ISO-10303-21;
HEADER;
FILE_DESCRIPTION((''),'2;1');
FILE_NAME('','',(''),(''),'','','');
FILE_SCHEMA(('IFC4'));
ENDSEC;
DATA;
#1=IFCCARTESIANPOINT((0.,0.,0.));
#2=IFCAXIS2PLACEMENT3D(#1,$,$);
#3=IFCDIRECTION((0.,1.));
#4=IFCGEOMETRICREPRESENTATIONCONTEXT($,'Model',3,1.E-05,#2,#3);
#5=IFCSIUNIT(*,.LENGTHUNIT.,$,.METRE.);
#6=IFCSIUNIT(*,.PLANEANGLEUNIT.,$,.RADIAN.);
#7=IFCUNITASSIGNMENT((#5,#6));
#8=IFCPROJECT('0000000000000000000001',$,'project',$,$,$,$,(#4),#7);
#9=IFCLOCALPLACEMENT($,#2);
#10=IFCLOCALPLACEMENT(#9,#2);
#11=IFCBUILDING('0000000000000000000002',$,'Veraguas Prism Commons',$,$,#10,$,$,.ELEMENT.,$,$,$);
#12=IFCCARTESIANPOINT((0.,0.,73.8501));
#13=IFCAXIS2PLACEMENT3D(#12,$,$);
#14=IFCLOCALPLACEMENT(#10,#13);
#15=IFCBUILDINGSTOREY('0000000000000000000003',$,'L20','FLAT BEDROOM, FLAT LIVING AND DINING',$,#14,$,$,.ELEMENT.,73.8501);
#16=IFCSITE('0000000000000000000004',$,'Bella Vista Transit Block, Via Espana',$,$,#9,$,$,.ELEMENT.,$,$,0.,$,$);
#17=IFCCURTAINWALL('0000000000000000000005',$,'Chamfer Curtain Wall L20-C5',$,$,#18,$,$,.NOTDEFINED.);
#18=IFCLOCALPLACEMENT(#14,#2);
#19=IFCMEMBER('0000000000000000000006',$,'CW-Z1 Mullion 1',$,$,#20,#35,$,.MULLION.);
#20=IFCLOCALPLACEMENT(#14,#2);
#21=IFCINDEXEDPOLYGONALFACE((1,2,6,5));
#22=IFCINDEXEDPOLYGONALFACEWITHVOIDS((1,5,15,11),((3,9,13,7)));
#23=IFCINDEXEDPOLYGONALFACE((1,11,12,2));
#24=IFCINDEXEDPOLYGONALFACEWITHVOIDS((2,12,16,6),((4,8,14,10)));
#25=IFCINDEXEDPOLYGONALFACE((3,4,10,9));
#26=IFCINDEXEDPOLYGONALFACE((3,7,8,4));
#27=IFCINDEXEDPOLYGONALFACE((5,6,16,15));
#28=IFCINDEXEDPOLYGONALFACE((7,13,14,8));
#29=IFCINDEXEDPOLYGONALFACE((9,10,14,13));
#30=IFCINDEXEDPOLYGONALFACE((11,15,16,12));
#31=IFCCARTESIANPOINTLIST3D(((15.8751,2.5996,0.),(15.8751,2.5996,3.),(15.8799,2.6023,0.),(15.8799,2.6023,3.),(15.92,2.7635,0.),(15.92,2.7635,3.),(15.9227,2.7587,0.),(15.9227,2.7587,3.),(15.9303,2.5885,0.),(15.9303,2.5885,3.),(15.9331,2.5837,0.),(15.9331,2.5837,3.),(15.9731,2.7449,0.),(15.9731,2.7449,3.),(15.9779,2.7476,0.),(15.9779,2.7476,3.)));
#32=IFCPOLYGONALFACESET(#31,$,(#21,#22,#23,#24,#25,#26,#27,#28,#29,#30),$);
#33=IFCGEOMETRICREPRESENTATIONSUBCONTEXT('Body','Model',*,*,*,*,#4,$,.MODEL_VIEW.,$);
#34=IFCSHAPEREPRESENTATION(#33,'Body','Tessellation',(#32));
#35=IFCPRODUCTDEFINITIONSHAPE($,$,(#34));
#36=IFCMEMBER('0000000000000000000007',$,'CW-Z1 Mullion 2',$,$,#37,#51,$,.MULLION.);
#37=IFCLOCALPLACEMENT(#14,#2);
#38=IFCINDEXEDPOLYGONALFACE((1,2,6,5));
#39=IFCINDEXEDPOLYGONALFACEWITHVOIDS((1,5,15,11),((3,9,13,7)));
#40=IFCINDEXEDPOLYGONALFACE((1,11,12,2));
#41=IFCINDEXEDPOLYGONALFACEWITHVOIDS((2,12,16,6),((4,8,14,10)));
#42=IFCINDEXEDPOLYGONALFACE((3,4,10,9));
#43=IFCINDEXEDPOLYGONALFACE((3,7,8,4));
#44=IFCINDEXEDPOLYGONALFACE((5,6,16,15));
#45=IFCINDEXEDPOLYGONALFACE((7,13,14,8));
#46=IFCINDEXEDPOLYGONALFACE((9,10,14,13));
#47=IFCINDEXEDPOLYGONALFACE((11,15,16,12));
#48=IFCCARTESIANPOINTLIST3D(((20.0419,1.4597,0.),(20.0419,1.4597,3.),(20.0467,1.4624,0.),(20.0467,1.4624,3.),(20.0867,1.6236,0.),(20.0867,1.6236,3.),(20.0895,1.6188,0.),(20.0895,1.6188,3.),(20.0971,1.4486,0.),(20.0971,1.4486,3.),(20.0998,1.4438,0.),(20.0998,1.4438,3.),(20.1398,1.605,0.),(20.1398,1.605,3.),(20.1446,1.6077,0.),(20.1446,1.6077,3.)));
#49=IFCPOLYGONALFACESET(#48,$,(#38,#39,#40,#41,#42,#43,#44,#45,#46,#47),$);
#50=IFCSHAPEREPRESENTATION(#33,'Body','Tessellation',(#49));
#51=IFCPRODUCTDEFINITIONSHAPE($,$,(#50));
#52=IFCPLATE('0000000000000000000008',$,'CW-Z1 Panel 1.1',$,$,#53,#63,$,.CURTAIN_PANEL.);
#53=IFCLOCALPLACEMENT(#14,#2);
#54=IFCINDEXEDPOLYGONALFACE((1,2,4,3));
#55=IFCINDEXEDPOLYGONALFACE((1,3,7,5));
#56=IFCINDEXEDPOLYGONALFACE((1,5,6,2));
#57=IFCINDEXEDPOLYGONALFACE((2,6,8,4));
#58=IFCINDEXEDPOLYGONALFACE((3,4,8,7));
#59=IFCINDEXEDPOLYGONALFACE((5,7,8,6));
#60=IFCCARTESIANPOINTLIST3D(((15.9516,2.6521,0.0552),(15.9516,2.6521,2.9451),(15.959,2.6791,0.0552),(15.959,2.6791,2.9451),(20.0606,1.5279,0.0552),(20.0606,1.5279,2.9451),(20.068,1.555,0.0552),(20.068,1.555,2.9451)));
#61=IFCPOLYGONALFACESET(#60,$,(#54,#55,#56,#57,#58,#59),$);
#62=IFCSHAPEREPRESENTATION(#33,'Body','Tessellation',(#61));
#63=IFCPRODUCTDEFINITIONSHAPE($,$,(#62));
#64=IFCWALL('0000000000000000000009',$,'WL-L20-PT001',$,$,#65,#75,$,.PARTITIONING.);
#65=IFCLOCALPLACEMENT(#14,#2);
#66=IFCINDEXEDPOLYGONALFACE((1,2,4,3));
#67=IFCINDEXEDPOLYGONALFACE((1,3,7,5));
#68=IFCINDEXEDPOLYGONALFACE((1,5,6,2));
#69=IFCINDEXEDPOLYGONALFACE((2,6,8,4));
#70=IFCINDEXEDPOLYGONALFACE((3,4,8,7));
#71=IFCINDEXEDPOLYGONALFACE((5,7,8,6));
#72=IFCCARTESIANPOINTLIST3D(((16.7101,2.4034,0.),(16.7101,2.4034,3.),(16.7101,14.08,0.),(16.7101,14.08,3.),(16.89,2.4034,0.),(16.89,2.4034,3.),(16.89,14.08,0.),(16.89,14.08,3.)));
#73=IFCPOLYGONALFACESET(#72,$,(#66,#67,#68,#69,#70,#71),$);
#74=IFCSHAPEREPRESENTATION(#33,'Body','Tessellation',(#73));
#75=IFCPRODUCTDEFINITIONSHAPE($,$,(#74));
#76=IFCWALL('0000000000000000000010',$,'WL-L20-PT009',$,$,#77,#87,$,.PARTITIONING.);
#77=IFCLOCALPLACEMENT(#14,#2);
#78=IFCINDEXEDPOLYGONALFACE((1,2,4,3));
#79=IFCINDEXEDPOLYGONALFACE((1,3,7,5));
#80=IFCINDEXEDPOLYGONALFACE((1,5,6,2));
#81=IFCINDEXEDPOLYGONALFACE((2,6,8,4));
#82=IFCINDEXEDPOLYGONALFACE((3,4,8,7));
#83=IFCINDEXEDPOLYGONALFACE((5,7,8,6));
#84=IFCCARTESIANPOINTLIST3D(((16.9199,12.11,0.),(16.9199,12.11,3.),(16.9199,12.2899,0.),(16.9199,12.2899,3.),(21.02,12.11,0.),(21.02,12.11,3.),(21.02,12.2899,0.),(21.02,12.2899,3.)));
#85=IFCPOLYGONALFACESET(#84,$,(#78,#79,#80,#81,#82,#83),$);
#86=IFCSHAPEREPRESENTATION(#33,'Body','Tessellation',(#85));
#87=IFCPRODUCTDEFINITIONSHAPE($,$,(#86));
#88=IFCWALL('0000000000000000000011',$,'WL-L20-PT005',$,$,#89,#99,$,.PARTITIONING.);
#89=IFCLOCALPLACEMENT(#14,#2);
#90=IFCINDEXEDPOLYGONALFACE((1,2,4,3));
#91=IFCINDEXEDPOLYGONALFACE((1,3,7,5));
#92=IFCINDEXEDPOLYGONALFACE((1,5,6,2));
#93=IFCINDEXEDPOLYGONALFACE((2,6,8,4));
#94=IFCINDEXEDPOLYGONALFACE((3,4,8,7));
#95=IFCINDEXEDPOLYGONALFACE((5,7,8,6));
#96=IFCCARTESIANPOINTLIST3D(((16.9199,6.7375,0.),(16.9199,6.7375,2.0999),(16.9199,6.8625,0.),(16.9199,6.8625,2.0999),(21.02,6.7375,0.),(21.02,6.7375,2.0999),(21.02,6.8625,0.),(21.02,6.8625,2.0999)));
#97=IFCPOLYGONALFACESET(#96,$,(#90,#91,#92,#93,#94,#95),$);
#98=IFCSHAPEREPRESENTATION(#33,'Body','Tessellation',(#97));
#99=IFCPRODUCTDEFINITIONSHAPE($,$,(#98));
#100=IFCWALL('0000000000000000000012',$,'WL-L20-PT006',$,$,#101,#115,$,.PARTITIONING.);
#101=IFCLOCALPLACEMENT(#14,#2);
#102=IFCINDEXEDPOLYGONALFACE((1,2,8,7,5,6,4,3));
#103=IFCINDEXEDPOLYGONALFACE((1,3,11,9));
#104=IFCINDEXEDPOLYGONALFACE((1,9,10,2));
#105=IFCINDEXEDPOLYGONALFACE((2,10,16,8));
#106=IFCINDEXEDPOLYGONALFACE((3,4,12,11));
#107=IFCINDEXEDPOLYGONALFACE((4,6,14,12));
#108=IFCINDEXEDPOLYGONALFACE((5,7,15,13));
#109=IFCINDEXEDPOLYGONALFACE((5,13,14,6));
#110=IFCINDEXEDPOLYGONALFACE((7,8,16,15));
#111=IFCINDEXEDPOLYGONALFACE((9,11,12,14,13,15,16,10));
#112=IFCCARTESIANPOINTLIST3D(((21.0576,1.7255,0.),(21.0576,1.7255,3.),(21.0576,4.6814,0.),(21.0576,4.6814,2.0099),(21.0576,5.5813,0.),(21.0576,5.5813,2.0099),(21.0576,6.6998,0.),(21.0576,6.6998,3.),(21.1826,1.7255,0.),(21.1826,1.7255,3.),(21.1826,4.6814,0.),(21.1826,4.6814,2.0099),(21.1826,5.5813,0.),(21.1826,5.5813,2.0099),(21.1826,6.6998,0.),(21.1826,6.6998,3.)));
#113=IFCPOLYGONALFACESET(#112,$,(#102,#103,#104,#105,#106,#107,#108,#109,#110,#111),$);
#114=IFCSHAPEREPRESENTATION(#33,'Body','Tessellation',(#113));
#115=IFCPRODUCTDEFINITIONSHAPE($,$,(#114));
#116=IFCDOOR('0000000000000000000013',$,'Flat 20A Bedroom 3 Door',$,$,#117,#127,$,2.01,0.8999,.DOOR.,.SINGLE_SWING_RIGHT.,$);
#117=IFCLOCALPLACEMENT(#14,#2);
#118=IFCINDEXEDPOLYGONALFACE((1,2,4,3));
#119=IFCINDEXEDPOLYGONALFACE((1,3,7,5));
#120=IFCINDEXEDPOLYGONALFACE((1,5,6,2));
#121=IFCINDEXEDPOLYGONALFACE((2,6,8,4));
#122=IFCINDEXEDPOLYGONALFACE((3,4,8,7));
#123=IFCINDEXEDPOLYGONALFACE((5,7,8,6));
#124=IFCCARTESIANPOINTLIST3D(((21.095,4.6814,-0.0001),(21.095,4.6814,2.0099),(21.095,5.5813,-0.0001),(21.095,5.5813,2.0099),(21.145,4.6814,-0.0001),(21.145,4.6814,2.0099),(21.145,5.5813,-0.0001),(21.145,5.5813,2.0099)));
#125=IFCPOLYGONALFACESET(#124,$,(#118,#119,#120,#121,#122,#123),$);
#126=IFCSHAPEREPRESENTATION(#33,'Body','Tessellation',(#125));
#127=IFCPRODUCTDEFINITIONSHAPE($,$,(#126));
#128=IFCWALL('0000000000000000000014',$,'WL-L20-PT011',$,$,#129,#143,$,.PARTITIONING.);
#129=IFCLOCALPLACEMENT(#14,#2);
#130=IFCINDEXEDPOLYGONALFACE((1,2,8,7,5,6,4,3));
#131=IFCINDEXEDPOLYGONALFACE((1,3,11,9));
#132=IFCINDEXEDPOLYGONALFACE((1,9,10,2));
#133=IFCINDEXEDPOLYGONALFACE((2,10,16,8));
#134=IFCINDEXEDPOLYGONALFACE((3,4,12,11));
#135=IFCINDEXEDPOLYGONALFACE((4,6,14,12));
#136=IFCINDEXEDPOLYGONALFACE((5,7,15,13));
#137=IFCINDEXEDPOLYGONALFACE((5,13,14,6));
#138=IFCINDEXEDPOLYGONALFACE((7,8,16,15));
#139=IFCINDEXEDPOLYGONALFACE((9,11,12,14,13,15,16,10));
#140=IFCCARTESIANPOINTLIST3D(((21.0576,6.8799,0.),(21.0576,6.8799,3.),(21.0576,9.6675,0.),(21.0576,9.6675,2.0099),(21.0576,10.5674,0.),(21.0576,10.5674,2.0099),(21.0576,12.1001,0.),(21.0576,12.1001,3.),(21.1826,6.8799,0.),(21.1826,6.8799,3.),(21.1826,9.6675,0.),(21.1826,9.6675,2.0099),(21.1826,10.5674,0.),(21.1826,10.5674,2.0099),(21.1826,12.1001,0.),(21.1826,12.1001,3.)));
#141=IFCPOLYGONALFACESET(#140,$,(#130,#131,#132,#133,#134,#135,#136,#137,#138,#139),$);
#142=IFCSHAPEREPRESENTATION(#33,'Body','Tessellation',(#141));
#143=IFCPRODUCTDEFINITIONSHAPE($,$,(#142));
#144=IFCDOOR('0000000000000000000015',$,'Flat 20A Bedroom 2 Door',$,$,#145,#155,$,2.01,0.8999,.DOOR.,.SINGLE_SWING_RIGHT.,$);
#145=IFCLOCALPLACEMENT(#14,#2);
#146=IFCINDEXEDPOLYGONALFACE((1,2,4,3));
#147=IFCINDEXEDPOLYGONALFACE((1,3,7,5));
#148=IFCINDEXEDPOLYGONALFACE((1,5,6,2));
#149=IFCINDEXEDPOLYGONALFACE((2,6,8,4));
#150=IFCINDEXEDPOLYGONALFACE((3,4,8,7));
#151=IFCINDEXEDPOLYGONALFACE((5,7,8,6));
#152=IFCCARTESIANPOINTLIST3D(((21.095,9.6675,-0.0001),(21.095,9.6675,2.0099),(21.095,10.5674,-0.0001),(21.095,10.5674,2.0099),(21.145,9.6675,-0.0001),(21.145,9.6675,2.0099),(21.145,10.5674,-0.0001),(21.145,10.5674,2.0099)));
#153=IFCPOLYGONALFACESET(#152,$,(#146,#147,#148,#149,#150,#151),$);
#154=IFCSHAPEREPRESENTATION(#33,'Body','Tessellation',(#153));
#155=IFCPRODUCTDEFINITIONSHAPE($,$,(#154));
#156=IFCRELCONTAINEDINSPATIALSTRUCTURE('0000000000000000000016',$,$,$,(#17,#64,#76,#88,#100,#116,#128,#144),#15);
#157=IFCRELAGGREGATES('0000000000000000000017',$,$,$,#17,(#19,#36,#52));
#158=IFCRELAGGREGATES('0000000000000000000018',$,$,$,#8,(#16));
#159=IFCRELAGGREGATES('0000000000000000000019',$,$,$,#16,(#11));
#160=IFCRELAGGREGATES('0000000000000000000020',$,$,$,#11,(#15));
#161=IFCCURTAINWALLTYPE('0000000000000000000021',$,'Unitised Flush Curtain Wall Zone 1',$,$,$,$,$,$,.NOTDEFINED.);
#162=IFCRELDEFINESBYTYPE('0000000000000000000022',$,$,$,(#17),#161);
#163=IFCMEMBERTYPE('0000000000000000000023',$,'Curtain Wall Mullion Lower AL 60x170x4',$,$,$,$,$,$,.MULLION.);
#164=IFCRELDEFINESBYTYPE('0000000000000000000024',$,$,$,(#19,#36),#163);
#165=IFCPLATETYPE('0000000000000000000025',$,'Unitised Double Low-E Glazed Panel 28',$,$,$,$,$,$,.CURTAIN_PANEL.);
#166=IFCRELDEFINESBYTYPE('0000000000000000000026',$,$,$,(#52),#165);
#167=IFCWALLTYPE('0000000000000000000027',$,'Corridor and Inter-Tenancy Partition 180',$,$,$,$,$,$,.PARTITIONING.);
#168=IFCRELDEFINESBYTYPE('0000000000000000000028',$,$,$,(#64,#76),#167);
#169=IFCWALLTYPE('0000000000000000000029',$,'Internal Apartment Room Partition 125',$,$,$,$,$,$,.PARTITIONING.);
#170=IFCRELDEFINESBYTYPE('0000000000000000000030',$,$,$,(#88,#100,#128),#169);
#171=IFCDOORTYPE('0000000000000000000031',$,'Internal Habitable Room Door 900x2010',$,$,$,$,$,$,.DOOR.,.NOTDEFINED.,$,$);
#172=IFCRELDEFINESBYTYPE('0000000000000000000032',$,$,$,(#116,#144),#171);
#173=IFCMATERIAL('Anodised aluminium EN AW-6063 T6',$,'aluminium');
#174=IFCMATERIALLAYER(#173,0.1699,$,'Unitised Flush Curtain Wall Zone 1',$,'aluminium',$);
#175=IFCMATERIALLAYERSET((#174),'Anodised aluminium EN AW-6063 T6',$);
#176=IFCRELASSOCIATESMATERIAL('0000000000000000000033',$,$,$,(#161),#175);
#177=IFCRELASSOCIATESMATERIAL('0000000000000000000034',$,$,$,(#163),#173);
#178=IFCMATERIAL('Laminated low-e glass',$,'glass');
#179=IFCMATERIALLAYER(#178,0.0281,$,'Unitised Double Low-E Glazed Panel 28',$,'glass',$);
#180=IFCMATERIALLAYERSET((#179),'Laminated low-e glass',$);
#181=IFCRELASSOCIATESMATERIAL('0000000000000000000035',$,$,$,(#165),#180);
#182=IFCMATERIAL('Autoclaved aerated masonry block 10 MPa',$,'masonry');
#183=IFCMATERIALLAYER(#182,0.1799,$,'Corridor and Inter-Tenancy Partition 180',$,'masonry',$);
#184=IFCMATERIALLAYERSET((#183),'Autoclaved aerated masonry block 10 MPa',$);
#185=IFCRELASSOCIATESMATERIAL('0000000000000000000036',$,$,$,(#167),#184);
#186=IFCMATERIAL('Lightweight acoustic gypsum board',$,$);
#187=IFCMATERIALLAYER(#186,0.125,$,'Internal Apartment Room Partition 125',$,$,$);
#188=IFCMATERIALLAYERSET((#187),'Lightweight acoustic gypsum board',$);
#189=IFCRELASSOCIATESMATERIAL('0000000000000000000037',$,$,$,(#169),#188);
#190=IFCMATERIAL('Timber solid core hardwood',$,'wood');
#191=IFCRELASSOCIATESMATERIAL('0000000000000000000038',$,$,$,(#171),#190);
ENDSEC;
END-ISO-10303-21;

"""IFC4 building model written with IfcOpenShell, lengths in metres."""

from ifc_helpers import new_model, si_unit, direction, frame, frame_2d, origin, origin_2d, place, context, subcontext, project, spatial, rectangle, hollow_rectangle, extrude, source, transform, mapped, material, layer, layer_set, material_profile, profile_set, type_object, element, fill, aggregate, save


model = new_model("IFC4")

# Units and contexts
model_context = context("Model", 3, precision=1e-05, world=origin(), true_north=direction((0.0, 1.0)))
body_context = subcontext(model_context, "Body", "Model", "MODEL_VIEW")
ifc_project = project(units=[si_unit("LENGTHUNIT", "METRE"), si_unit("PLANEANGLEUNIT", "RADIAN")], contexts=[model_context])

# Site, building, storey
site_placement = place(None, origin())
site = spatial("IfcSite", under=ifc_project, at=site_placement, Name="Bella Vista Transit Block, Via Espana", CompositionType="ELEMENT", RefElevation=0.0)
building_placement = place(site_placement, origin())
building = spatial("IfcBuilding", under=site, at=building_placement, Name="Veraguas Prism Commons", CompositionType="ELEMENT")
storey_placement = place(building_placement, frame((0.0, 0.0, 73.8501)))
storey = spatial("IfcBuildingStorey", under=building, at=storey_placement, Name="L20", Description="FLAT BEDROOM, FLAT LIVING AND DINING", CompositionType="ELEMENT", Elevation=73.8501)

# Curtain wall
ifc_material_1 = material(Name="Anodised aluminium EN AW-6063 T6", Category="aluminium")
ifc_layer_1 = layer(ifc_material_1, 0.1699, Name="Unitised Flush Curtain Wall Zone 1", Category="aluminium")
ifc_layer_set_1 = layer_set([ifc_layer_1], Name="Anodised aluminium EN AW-6063 T6")
curtain_wall_type = type_object("IfcCurtainWallType", Name="Unitised Flush Curtain Wall Zone 1", PredefinedType="NOTDEFINED", material=ifc_layer_set_1)
curtain_wall_1_placement = place(storey_placement, origin())
curtain_wall_1 = element("IfcCurtainWall", 1, at=curtain_wall_1_placement, inside=storey, type_object=curtain_wall_type, Name="Chamfer Curtain Wall L20-C5", PredefinedType="NOTDEFINED")

# Shared definitions
ifc_material_profile_1 = material_profile(ifc_material_1, hollow_rectangle(XDim=0.0601, YDim=0.1699, WallThickness=0.0039, at=origin_2d()), Name="AL60X170X4")
ifc_profile_set_1 = profile_set([ifc_material_profile_1], Name="Anodised aluminium EN AW-6063 T6")
member_type_1 = type_object("IfcMemberType", Name="Curtain Wall Mullion Lower AL 60x170x4", PredefinedType="MULLION", material=ifc_profile_set_1)
shared_shape_1 = source(origin(), body_context, "Body", "SweptSolid", [
    extrude(hollow_rectangle(XDim=0.0601, YDim=0.1699, WallThickness=0.0039, at=origin_2d()), origin(), (0.0, 0.0, 1.0), 3.0),
])

# Members
member_1_placement = place(storey_placement, frame((15.9265, 2.6736, 0.0), z_axis=(0.0, 0.0, 1.0), x_axis=(0.964554, -0.263885, 0.0)))
member_1 = element("IfcMember", 2, at=member_1_placement, type_object=member_type_1, Name="CW-Z1 Mullion 1", PredefinedType="MULLION", context=body_context, shape_type="MappedRepresentation", body=[
    mapped(shared_shape_1, transform((0.0, 0.0, 0.0), scale=1.0)),
])
member_2_placement = place(storey_placement, frame((20.0933, 1.5337, 0.0), z_axis=(0.0, 0.0, 1.0), x_axis=(0.964554, -0.263885, 0.0)))
member_2 = element("IfcMember", 3, at=member_2_placement, type_object=member_type_1, Name="CW-Z1 Mullion 2", PredefinedType="MULLION", context=body_context, shape_type="MappedRepresentation", body=[
    mapped(shared_shape_1, transform((0.0, 0.0, 0.0), scale=1.0)),
])

# Plate
ifc_material_2 = material(Name="Laminated low-e glass", Category="glass")
ifc_layer_2 = layer(ifc_material_2, 0.0281, Name="Unitised Double Low-E Glazed Panel 28", Category="glass")
ifc_layer_set_2 = layer_set([ifc_layer_2], Name="Laminated low-e glass")
plate_type = type_object("IfcPlateType", Name="Unitised Double Low-E Glazed Panel 28", PredefinedType="CURTAIN_PANEL", material=ifc_layer_set_2)
shared_shape_2 = source(origin(), body_context, "Body", "SweptSolid", [
    extrude(rectangle(XDim=4.26, YDim=0.0281, at=origin_2d()), origin(), (0.0, 0.0, 1.0), 2.8899),
])
plate_placement = place(storey_placement, frame((18.0098, 2.1035, 0.0552), z_axis=(0.0, 0.0, 1.0), x_axis=(0.964554, -0.263885, 0.0)))
plate = element("IfcPlate", 4, at=plate_placement, type_object=plate_type, Name="CW-Z1 Panel 1.1", PredefinedType="CURTAIN_PANEL", context=body_context, shape_type="MappedRepresentation", body=[
    mapped(shared_shape_2, transform((0.0, 0.0, 0.0), scale=1.0)),
])
aggregate(curtain_wall_1, [member_1, member_2, plate])

# Walls
ifc_material_3 = material(Name="Autoclaved aerated masonry block 10 MPa", Category="masonry")
ifc_layer_3 = layer(ifc_material_3, 0.1799, Name="Corridor and Inter-Tenancy Partition 180", Category="masonry")
ifc_layer_set_3 = layer_set([ifc_layer_3], Name="Autoclaved aerated masonry block 10 MPa")
wall_type_1 = type_object("IfcWallType", Name="Corridor and Inter-Tenancy Partition 180", PredefinedType="PARTITIONING", material=ifc_layer_set_3)
wall_1_placement = place(storey_placement, frame((16.8, 14.0801, 0.0), z_axis=(0.0, 0.0, 1.0), x_axis=(0.0, -1.0, 0.0)))
element("IfcWall", 5, at=wall_1_placement, inside=storey, type_object=wall_type_1, Name="WL-L20-PT001", PredefinedType="PARTITIONING", context=body_context, shape_type="SweptSolid", body=[
    extrude(rectangle(XDim=11.6765, YDim=0.1799, at=frame_2d((5.8384, 0.0))), origin(), (0.0, 0.0, 1.0), 3.0),
])
wall_2_placement = place(storey_placement, frame((16.9199, 12.2, 0.0), z_axis=(0.0, 0.0, 1.0), x_axis=(1.0, 0.0, 0.0)))
element("IfcWall", 6, at=wall_2_placement, inside=storey, type_object=wall_type_1, Name="WL-L20-PT009", PredefinedType="PARTITIONING", context=body_context, shape_type="SweptSolid", body=[
    extrude(rectangle(XDim=4.1001, YDim=0.1799, at=frame_2d((2.05, 0.0))), origin(), (0.0, 0.0, 1.0), 3.0),
])
ifc_material_4 = material(Name="Lightweight acoustic gypsum board")
ifc_layer_4 = layer(ifc_material_4, 0.125, Name="Internal Apartment Room Partition 125")
ifc_layer_set_4 = layer_set([ifc_layer_4], Name="Lightweight acoustic gypsum board")
wall_type_2 = type_object("IfcWallType", Name="Internal Apartment Room Partition 125", PredefinedType="PARTITIONING", material=ifc_layer_set_4)
wall_3_placement = place(storey_placement, frame((16.9199, 6.8, 0.0), z_axis=(0.0, 0.0, 1.0), x_axis=(1.0, 0.0, 0.0)))
element("IfcWall", 7, at=wall_3_placement, inside=storey, type_object=wall_type_2, Name="WL-L20-PT005", PredefinedType="PARTITIONING", context=body_context, shape_type="SweptSolid", body=[
    extrude(rectangle(XDim=4.1001, YDim=0.125, at=frame_2d((2.05, 0.0))), origin(), (0.0, 0.0, 1.0), 2.0999),
])

# Walls, openings, doors
wall_4_placement = place(storey_placement, frame((21.1201, 6.7, 0.0), z_axis=(0.0, 0.0, 1.0), x_axis=(0.0, -1.0, 0.0)))
wall_4 = element("IfcWall", 8, at=wall_4_placement, inside=storey, type_object=wall_type_2, Name="WL-L20-PT006", PredefinedType="PARTITIONING", context=body_context, shape_type="SweptSolid", body=[
    extrude(rectangle(XDim=4.9744, YDim=0.125, at=frame_2d((2.4873, 0.0))), origin(), (0.0, 0.0, 1.0), 3.0),
])
opening_1_placement = place(wall_4_placement, frame((1.1187, 0.0, 0.0)))
opening_1 = element("IfcOpeningElement", 9, at=opening_1_placement, cuts=wall_4, PredefinedType="OPENING", context=body_context, shape_type="SweptSolid", body=[
    extrude(rectangle(XDim=0.8999, YDim=2.01, at=frame_2d((0.45, 1.0049))), frame((0.0, 0.0725, 0.0), z_axis=(0.0, -1.0, 0.0), x_axis=(1.0, 0.0, 0.0)), (0.0, 0.0, 1.0), 0.145),
])
ifc_material_5 = material(Name="Timber solid core hardwood", Category="wood")
door_type = type_object("IfcDoorType", Name="Internal Habitable Room Door 900x2010", OperationType="NOTDEFINED", PredefinedType="DOOR", material=ifc_material_5)
shared_shape_3 = source(origin(), body_context, "Body", "SweptSolid", [
    extrude(rectangle(XDim=0.8999, YDim=2.01, at=frame_2d((0.45, 1.0049))), frame((0.0, 0.0249, 0.0), z_axis=(0.0, -1.0, 0.0), x_axis=(1.0, 0.0, 0.0)), (0.0, 0.0, 1.0), 0.05),
])
door_1_placement = place(opening_1_placement, origin())
door_1 = element("IfcDoor", 10, at=door_1_placement, inside=storey, type_object=door_type, Name="Flat 20A Bedroom 3 Door", OperationType="SINGLE_SWING_RIGHT", OverallHeight=2.01, OverallWidth=0.8999, PredefinedType="DOOR", context=body_context, shape_type="MappedRepresentation", body=[
    mapped(shared_shape_3, transform((0.0, 0.0, 0.0), scale=1.0)),
])
fill(opening_1, door_1)
wall_5_placement = place(storey_placement, frame((21.1201, 12.1001, 0.0), z_axis=(0.0, 0.0, 1.0), x_axis=(0.0, -1.0, 0.0)))
wall_5 = element("IfcWall", 11, at=wall_5_placement, inside=storey, type_object=wall_type_2, Name="WL-L20-PT011", PredefinedType="PARTITIONING", context=body_context, shape_type="SweptSolid", body=[
    extrude(rectangle(XDim=5.2202, YDim=0.125, at=frame_2d((2.6101, 0.0))), origin(), (0.0, 0.0, 1.0), 3.0),
])
opening_2_placement = place(wall_5_placement, frame((1.5327, 0.0, 0.0)))
opening_2 = element("IfcOpeningElement", 12, at=opening_2_placement, cuts=wall_5, PredefinedType="OPENING", context=body_context, shape_type="SweptSolid", body=[
    extrude(rectangle(XDim=0.8999, YDim=2.01, at=frame_2d((0.45, 1.0049))), frame((0.0, 0.0725, 0.0), z_axis=(0.0, -1.0, 0.0), x_axis=(1.0, 0.0, 0.0)), (0.0, 0.0, 1.0), 0.145),
])
door_2_placement = place(opening_2_placement, origin())
door_2 = element("IfcDoor", 13, at=door_2_placement, inside=storey, type_object=door_type, Name="Flat 20A Bedroom 2 Door", OperationType="SINGLE_SWING_RIGHT", OverallHeight=2.01, OverallWidth=0.8999, PredefinedType="DOOR", context=body_context, shape_type="MappedRepresentation", body=[
    mapped(shared_shape_3, transform((0.0, 0.0, 0.0), scale=1.0)),
])
fill(opening_2, door_2)

save(model, "model.ifc")
